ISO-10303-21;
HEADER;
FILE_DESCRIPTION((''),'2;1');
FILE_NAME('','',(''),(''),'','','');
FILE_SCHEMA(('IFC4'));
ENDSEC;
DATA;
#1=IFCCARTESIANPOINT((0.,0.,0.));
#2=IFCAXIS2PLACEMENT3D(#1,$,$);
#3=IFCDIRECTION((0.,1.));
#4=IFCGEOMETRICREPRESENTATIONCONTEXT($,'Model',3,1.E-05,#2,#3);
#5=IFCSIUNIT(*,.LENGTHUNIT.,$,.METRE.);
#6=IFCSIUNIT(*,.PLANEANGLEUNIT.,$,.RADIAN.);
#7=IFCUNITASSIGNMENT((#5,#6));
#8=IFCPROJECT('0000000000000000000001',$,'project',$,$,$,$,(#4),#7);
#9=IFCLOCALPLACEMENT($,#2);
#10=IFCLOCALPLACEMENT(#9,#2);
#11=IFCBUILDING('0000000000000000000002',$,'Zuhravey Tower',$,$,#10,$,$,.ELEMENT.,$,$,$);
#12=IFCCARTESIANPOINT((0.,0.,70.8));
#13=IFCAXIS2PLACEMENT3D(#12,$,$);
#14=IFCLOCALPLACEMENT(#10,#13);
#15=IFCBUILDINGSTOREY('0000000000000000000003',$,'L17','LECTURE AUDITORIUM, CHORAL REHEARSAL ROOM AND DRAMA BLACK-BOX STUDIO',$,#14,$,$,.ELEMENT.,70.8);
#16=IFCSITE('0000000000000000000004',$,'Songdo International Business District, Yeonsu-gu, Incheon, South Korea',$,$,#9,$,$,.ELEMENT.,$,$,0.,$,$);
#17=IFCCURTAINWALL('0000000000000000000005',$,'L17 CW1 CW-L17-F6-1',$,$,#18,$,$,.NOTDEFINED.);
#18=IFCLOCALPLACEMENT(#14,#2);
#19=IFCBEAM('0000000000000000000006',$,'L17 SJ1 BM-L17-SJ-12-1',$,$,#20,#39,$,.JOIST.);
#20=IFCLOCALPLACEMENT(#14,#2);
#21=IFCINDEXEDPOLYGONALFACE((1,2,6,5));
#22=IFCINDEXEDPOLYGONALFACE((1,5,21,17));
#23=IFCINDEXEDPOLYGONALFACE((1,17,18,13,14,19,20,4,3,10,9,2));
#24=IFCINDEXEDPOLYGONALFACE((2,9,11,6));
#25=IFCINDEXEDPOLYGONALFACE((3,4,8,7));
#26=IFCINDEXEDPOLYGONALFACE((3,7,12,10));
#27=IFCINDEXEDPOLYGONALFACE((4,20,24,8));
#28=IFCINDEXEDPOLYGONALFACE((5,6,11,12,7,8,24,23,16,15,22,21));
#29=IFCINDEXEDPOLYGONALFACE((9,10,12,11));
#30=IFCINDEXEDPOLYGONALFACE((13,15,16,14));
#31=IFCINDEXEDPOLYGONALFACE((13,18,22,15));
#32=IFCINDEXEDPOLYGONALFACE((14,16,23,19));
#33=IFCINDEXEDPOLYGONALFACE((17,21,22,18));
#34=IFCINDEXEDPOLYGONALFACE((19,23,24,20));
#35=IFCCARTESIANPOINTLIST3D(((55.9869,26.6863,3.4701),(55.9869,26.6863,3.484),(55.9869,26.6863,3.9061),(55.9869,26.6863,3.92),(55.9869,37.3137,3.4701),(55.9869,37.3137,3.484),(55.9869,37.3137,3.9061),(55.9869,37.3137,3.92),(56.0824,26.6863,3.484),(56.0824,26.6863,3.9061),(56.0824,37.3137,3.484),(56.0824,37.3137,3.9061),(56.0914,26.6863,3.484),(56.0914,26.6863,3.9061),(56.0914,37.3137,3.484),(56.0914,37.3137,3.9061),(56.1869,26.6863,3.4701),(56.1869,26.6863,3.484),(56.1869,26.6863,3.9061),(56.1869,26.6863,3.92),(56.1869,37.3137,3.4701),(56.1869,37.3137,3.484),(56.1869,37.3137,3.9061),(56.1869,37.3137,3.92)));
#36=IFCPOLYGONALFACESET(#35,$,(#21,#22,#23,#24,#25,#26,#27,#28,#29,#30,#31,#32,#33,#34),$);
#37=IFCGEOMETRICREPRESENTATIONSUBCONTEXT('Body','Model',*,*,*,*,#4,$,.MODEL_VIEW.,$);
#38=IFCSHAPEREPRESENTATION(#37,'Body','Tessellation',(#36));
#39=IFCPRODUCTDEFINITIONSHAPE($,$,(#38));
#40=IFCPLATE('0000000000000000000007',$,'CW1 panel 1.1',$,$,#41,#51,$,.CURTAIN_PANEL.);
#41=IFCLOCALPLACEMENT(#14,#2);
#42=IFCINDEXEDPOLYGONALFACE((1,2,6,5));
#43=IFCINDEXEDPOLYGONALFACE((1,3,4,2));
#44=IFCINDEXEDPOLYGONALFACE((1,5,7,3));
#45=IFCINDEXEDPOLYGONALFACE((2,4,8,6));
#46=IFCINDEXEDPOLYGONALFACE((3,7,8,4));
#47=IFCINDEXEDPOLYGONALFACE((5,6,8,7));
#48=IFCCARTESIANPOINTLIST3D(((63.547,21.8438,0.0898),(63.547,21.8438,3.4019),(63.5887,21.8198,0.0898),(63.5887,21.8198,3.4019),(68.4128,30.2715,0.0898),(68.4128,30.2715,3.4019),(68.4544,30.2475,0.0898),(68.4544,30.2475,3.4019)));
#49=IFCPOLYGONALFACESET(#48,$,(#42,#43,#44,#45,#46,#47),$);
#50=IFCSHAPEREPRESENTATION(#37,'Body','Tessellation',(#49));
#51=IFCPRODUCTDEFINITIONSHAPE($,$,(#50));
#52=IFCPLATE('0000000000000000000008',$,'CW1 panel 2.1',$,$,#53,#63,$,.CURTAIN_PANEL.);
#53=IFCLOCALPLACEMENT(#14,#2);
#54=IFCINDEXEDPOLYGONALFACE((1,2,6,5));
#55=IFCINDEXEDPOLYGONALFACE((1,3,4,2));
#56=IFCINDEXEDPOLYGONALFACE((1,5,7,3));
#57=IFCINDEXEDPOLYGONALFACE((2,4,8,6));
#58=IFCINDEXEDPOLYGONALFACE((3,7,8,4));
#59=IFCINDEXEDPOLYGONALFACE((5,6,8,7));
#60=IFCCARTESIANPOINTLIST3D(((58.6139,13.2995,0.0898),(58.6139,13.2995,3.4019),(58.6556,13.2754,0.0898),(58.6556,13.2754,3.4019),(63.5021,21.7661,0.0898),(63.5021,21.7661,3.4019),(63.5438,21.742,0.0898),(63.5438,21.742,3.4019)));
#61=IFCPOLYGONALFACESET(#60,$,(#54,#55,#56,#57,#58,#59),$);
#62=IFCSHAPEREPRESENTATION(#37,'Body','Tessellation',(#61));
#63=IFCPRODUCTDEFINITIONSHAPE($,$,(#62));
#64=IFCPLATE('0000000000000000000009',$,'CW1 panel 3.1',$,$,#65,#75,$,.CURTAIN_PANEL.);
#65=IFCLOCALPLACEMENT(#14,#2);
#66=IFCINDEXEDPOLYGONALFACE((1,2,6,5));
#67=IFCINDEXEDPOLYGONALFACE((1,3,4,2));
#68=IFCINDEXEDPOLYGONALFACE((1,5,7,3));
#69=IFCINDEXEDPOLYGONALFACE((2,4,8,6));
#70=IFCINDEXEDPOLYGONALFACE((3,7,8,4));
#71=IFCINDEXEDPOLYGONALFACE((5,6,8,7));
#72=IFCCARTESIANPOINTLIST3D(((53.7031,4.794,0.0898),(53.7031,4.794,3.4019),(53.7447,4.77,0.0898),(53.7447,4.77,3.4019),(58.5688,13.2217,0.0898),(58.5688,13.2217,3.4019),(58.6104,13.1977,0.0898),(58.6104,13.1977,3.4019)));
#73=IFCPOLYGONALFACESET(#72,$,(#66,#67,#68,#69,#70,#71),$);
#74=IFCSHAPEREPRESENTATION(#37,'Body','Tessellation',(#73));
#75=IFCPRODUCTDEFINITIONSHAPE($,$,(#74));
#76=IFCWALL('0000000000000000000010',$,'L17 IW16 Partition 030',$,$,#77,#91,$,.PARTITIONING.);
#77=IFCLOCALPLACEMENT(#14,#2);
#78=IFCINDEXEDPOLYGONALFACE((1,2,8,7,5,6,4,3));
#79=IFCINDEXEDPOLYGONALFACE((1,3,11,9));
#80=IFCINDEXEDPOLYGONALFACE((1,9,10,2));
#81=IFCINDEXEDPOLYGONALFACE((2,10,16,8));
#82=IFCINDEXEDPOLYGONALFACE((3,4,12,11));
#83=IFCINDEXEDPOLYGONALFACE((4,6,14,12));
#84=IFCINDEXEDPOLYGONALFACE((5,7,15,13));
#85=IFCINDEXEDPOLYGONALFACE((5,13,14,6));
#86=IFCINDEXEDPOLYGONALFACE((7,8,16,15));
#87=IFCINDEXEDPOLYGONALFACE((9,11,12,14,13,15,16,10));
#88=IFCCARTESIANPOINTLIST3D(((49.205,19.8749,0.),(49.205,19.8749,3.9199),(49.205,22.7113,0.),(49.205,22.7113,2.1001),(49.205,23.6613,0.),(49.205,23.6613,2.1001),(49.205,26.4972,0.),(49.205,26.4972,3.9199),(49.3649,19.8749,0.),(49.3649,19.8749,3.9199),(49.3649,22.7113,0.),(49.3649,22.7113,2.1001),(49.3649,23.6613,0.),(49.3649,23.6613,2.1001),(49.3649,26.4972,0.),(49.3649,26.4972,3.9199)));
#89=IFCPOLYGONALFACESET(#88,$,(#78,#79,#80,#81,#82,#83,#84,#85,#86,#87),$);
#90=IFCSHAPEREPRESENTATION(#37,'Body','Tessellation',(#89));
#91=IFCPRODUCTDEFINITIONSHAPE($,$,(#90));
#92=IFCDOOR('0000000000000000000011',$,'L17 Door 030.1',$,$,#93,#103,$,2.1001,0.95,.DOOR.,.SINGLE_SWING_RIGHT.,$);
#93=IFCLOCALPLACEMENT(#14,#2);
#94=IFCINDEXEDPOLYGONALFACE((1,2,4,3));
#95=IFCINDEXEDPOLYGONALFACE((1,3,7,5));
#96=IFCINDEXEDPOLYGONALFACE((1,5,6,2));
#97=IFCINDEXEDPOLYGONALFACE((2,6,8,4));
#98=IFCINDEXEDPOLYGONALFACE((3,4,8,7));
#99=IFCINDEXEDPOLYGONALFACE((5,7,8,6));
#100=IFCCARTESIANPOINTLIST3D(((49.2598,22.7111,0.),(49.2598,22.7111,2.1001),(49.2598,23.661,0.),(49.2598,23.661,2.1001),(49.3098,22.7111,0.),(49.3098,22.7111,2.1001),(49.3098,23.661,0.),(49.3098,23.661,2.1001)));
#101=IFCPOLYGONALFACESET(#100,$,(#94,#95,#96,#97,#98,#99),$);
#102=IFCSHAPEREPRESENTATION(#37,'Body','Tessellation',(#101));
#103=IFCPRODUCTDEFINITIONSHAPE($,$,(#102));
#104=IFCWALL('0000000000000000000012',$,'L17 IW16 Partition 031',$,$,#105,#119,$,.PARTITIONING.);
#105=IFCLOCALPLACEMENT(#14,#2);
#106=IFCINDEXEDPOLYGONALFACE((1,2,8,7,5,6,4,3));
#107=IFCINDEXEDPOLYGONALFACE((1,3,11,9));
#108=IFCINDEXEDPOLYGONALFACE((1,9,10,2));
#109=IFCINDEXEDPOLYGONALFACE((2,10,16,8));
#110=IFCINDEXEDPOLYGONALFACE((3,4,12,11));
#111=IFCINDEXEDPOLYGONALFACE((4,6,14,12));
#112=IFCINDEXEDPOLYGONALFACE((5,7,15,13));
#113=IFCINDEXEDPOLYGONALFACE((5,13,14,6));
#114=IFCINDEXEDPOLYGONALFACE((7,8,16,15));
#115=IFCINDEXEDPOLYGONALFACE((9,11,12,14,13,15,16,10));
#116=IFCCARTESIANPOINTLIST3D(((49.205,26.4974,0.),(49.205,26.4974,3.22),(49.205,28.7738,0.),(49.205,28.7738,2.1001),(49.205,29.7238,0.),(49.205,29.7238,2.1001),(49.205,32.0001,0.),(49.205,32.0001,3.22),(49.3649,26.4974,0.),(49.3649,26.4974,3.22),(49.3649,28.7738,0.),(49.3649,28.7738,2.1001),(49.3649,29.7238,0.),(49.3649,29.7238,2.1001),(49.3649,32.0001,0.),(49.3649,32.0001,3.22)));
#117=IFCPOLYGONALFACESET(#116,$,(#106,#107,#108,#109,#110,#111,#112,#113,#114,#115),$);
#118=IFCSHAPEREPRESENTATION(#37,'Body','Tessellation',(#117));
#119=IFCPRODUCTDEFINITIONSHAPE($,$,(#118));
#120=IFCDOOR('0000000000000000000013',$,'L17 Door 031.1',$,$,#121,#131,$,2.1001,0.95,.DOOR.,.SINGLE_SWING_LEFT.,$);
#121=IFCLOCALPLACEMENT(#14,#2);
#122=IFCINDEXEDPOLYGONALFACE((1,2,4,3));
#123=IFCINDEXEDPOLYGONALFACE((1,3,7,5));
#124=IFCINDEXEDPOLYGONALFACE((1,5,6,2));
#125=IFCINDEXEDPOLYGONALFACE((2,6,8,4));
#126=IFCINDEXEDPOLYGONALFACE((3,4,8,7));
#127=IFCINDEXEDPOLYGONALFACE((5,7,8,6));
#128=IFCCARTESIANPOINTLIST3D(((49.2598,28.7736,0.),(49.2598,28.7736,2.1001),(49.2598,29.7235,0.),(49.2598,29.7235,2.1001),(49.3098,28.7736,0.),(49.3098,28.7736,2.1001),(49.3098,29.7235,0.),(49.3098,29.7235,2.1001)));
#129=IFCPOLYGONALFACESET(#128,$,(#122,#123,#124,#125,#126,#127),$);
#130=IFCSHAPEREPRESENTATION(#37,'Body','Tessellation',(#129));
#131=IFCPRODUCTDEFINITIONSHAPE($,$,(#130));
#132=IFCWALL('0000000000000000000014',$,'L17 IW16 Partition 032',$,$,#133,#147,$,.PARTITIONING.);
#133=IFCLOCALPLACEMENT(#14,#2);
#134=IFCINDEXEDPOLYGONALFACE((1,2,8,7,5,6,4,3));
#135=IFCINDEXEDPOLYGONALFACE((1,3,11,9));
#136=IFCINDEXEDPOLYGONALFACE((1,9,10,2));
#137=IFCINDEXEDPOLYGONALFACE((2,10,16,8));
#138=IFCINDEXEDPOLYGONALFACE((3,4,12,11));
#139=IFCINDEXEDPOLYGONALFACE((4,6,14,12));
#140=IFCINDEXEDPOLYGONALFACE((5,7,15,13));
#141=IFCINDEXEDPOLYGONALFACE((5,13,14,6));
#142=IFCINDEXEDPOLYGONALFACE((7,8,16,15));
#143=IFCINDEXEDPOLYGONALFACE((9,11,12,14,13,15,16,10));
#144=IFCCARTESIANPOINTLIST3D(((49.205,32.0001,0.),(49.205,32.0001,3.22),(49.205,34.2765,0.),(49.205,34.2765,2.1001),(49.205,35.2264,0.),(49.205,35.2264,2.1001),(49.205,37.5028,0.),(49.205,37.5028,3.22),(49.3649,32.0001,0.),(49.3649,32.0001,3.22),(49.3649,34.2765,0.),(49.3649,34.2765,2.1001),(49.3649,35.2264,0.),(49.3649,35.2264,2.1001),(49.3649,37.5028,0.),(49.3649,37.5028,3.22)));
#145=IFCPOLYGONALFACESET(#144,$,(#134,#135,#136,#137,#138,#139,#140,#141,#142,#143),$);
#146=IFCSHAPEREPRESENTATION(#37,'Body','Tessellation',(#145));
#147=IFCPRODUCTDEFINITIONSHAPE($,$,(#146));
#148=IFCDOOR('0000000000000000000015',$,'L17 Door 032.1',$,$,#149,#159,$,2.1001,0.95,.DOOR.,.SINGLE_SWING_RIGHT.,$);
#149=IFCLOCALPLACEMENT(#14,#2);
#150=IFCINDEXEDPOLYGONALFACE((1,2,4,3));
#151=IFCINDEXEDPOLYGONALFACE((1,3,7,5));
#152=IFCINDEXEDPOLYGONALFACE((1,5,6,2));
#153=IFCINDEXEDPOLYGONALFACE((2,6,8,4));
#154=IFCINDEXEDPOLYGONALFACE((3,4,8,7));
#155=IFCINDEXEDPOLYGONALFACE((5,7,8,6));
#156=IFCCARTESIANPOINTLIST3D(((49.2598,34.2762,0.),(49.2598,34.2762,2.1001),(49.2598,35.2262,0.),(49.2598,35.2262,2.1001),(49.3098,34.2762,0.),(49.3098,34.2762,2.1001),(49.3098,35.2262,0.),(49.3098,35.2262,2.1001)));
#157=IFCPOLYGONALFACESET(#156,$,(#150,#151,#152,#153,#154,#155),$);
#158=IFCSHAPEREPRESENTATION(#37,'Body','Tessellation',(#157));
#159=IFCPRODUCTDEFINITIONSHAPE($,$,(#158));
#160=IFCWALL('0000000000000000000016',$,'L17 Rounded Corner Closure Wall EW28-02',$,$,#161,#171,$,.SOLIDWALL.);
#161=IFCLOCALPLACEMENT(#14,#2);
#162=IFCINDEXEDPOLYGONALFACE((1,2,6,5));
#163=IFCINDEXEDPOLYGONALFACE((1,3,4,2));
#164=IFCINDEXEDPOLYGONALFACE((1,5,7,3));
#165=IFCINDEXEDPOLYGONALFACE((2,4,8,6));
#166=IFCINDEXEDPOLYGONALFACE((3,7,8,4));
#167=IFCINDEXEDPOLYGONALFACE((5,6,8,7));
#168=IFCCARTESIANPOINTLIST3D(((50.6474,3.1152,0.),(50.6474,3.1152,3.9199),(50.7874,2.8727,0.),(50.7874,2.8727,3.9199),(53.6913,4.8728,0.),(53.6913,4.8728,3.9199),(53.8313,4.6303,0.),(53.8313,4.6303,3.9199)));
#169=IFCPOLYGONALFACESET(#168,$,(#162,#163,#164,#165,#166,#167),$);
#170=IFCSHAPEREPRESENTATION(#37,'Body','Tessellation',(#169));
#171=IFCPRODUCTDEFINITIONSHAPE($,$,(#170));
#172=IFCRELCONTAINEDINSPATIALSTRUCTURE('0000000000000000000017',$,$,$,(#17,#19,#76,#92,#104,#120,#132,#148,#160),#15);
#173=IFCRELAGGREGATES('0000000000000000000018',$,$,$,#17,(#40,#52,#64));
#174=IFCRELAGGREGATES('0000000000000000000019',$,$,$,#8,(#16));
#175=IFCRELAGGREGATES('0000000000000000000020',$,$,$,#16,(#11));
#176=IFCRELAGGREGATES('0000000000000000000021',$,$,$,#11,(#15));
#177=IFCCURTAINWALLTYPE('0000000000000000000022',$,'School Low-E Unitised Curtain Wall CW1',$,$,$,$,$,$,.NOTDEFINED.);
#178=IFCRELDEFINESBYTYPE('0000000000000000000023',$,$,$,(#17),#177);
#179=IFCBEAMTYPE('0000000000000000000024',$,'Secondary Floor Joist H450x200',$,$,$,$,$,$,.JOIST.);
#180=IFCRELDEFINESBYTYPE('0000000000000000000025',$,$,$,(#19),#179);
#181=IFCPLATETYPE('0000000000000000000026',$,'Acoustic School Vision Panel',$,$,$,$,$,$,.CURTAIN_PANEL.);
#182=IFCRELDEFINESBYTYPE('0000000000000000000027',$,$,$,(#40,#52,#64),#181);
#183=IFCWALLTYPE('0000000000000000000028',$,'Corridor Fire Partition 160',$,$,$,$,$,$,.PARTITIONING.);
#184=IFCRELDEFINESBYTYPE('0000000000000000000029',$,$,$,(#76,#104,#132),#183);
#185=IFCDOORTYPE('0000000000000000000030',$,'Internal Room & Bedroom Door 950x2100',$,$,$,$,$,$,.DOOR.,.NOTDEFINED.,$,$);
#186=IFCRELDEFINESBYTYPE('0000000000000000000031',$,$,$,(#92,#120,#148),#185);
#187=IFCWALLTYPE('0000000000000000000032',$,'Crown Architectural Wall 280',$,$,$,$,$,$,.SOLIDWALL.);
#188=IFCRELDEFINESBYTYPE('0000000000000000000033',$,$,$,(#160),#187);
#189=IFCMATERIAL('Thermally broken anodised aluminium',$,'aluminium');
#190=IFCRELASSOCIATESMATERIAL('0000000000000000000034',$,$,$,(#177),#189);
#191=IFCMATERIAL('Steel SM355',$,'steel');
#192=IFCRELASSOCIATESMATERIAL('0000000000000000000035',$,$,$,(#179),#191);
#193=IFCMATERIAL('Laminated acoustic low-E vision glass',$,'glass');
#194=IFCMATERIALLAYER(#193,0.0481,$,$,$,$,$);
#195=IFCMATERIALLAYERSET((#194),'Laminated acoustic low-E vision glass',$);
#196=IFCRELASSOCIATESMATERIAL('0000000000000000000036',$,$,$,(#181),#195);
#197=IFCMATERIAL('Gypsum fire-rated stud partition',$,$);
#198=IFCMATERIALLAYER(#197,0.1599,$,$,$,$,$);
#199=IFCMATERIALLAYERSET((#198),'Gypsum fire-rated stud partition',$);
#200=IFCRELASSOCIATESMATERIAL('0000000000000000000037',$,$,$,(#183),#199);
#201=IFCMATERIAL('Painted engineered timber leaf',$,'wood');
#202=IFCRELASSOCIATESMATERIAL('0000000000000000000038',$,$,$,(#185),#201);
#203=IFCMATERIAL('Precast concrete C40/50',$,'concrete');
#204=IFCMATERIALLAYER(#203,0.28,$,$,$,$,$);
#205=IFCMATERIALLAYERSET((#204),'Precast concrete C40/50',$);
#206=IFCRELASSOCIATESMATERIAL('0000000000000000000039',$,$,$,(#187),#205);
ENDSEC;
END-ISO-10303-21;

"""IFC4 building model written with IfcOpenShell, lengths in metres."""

from ifc_helpers import new_model, si_unit, direction, frame, frame_2d, origin, origin_2d, place, context, subcontext, project, spatial, rectangle, i_section, extrude, material, layer, layer_set, material_profile, profile_set, type_object, element, fill, aggregate, save


model = new_model("IFC4")

# Units and contexts
model_context = context("Model", 3, precision=1e-05, world=origin(), true_north=direction((0.0, 1.0)))
body_context = subcontext(model_context, "Body", "Model", "MODEL_VIEW")
ifc_project = project(units=[si_unit("LENGTHUNIT", "METRE"), si_unit("PLANEANGLEUNIT", "RADIAN")], contexts=[model_context])

# Site, building, storey
site_placement = place(None, origin())
site = spatial("IfcSite", under=ifc_project, at=site_placement, Name="Songdo International Business District, Yeonsu-gu, Incheon, South Korea", CompositionType="ELEMENT", RefElevation=0.0)
building_placement = place(site_placement, origin())
building = spatial("IfcBuilding", under=site, at=building_placement, Name="Zuhravey Tower", CompositionType="ELEMENT")
storey_placement = place(building_placement, frame((0.0, 0.0, 70.8)))
storey = spatial("IfcBuildingStorey", under=building, at=storey_placement, Name="L17", Description="LECTURE AUDITORIUM, CHORAL REHEARSAL ROOM AND DRAMA BLACK-BOX STUDIO", CompositionType="ELEMENT", Elevation=70.8)

# Curtain wall
ifc_material_1 = material(Name="Thermally broken anodised aluminium", Category="aluminium")
curtain_wall_type = type_object("IfcCurtainWallType", Name="School Low-E Unitised Curtain Wall CW1", PredefinedType="NOTDEFINED", material=ifc_material_1)
curtain_wall_1_placement = place(storey_placement, origin())
curtain_wall_1 = element("IfcCurtainWall", 1, at=curtain_wall_1_placement, inside=storey, type_object=curtain_wall_type, Name="L17 CW1 CW-L17-F6-1", PredefinedType="NOTDEFINED")

# Beam
ifc_material_2 = material(Name="Steel SM355", Category="steel")
ifc_material_profile_1 = material_profile(ifc_material_2, i_section(OverallWidth=0.2, OverallDepth=0.45, WebThickness=0.009, FlangeThickness=0.0139, at=origin_2d()), Name="H-450x200x9x14")
ifc_profile_set_1 = profile_set([ifc_material_profile_1], Name="Steel SM355")
beam_type_1 = type_object("IfcBeamType", Name="Secondary Floor Joist H450x200", PredefinedType="JOIST", material=ifc_profile_set_1)
beam_1_placement = place(storey_placement, frame((56.0869, 26.6863, 3.6951), z_axis=(0.0, 1.0, 0.0), x_axis=(-1.0, 0.0, 0.0)))
element("IfcBeam", 2, at=beam_1_placement, inside=storey, type_object=beam_type_1, Name="L17 SJ1 BM-L17-SJ-12-1", PredefinedType="JOIST", context=body_context, shape_type="SweptSolid", body=[
    extrude(i_section(OverallWidth=0.2, OverallDepth=0.45, WebThickness=0.009, FlangeThickness=0.0139, at=origin_2d()), origin(), (0.0, 0.0, 1.0), 10.6274),
])

# Plates
ifc_material_3 = material(Name="Laminated acoustic low-E vision glass", Category="glass")
ifc_layer_1 = layer(ifc_material_3, 0.0481)
ifc_layer_set_1 = layer_set([ifc_layer_1], Name="Laminated acoustic low-E vision glass")
plate_type = type_object("IfcPlateType", Name="Acoustic School Vision Panel", PredefinedType="CURTAIN_PANEL", material=ifc_layer_set_1)
plate_1_placement = place(storey_placement, frame((66.0007, 26.0457, 0.0898), z_axis=(0.0, 0.0, 1.0), x_axis=(-0.5, -0.866026, 0.0)))
plate_1 = element("IfcPlate", 3, at=plate_1_placement, type_object=plate_type, Name="CW1 panel 1.1", PredefinedType="CURTAIN_PANEL", context=body_context, shape_type="SweptSolid", body=[
    extrude(rectangle(XDim=9.7314, YDim=0.0481, at=origin_2d()), origin(), (0.0, 0.0, 1.0), 3.312),
])
plate_2_placement = place(storey_placement, frame((61.0789, 17.5208, 0.0898), z_axis=(0.0, 0.0, 1.0), x_axis=(-0.5, -0.866026, 0.0)))
plate_2 = element("IfcPlate", 4, at=plate_2_placement, type_object=plate_type, Name="CW1 panel 2.1", PredefinedType="CURTAIN_PANEL", context=body_context, shape_type="SweptSolid", body=[
    extrude(rectangle(XDim=9.7764, YDim=0.0481, at=origin_2d()), origin(), (0.0, 0.0, 1.0), 3.312),
])
plate_3_placement = place(storey_placement, frame((56.1567, 8.9958, 0.0898), z_axis=(0.0, 0.0, 1.0), x_axis=(-0.5, -0.866026, 0.0)))
plate_3 = element("IfcPlate", 5, at=plate_3_placement, type_object=plate_type, Name="CW1 panel 3.1", PredefinedType="CURTAIN_PANEL", context=body_context, shape_type="SweptSolid", body=[
    extrude(rectangle(XDim=9.7314, YDim=0.0481, at=origin_2d()), origin(), (0.0, 0.0, 1.0), 3.312),
])
aggregate(curtain_wall_1, [plate_1, plate_2, plate_3])

# Walls, openings, doors
ifc_material_4 = material(Name="Gypsum fire-rated stud partition")
ifc_layer_2 = layer(ifc_material_4, 0.1599)
ifc_layer_set_2 = layer_set([ifc_layer_2], Name="Gypsum fire-rated stud partition")
wall_type_1 = type_object("IfcWallType", Name="Corridor Fire Partition 160", PredefinedType="PARTITIONING", material=ifc_layer_set_2)
wall_1_placement = place(storey_placement, frame((49.2849, 19.875, 0.0), z_axis=(0.0, 0.0, 1.0), x_axis=(0.0, 1.0, 0.0)))
wall_1 = element("IfcWall", 6, at=wall_1_placement, inside=storey, type_object=wall_type_1, Name="L17 IW16 Partition 030", PredefinedType="PARTITIONING", context=body_context, shape_type="SweptSolid", body=[
    extrude(rectangle(XDim=6.6223, YDim=0.1599, at=frame_2d((3.311, 0.0))), origin(), (0.0, 0.0, 1.0), 3.9199),
])
opening_1_placement = place(wall_1_placement, frame((2.8362, 0.0, 0.0)))
opening_1 = element("IfcOpeningElement", 7, at=opening_1_placement, cuts=wall_1, PredefinedType="OPENING", context=body_context, shape_type="SweptSolid", body=[
    extrude(rectangle(XDim=0.95, YDim=2.1001, at=frame_2d((0.4751, 1.05))), frame((0.0, 0.092, 0.0), z_axis=(0.0, -1.0, 0.0), x_axis=(1.0, 0.0, 0.0)), (0.0, 0.0, 1.0), 0.1838),
])
ifc_material_5 = material(Name="Painted engineered timber leaf", Category="wood")
door_type = type_object("IfcDoorType", Name="Internal Room & Bedroom Door 950x2100", OperationType="NOTDEFINED", PredefinedType="DOOR", material=ifc_material_5)
door_1_placement = place(opening_1_placement, frame((0.95, 0.0, 0.0), z_axis=(0.0, 0.0, 1.0), x_axis=(-1.0, 0.0, 0.0)))
door_1 = element("IfcDoor", 8, at=door_1_placement, inside=storey, type_object=door_type, Name="L17 Door 030.1", OperationType="SINGLE_SWING_RIGHT", OverallHeight=2.1001, OverallWidth=0.95, PredefinedType="DOOR", context=body_context, shape_type="SweptSolid", body=[
    extrude(rectangle(XDim=0.95, YDim=2.1001, at=frame_2d((0.4751, 1.05))), frame((0.0, 0.0249, 0.0), z_axis=(0.0, -1.0, 0.0), x_axis=(1.0, 0.0, 0.0)), (0.0, 0.0, 1.0), 0.05),
])
fill(opening_1, door_1)
wall_2_placement = place(storey_placement, frame((49.2849, 26.4973, 0.0), z_axis=(0.0, 0.0, 1.0), x_axis=(0.0, 1.0, 0.0)))
wall_2 = element("IfcWall", 9, at=wall_2_placement, inside=storey, type_object=wall_type_1, Name="L17 IW16 Partition 031", PredefinedType="PARTITIONING", context=body_context, shape_type="SweptSolid", body=[
    extrude(rectangle(XDim=5.5027, YDim=0.1599, at=frame_2d((2.7515, 0.0))), origin(), (0.0, 0.0, 1.0), 3.22),
])
opening_2_placement = place(wall_2_placement, frame((2.2764, 0.0, 0.0)))
opening_2 = element("IfcOpeningElement", 10, at=opening_2_placement, cuts=wall_2, PredefinedType="OPENING", context=body_context, shape_type="SweptSolid", body=[
    extrude(rectangle(XDim=0.95, YDim=2.1001, at=frame_2d((0.4751, 1.05))), frame((0.0, 0.092, 0.0), z_axis=(0.0, -1.0, 0.0), x_axis=(1.0, 0.0, 0.0)), (0.0, 0.0, 1.0), 0.1838),
])
door_2_placement = place(opening_2_placement, frame((0.95, 0.0, 0.0), z_axis=(0.0, 0.0, 1.0), x_axis=(-1.0, 0.0, 0.0)))
door_2 = element("IfcDoor", 11, at=door_2_placement, inside=storey, type_object=door_type, Name="L17 Door 031.1", OperationType="SINGLE_SWING_LEFT", OverallHeight=2.1001, OverallWidth=0.95, PredefinedType="DOOR", context=body_context, shape_type="SweptSolid", body=[
    extrude(rectangle(XDim=0.95, YDim=2.1001, at=frame_2d((0.4751, 1.05))), frame((0.0, 0.0249, 0.0), z_axis=(0.0, -1.0, 0.0), x_axis=(1.0, 0.0, 0.0)), (0.0, 0.0, 1.0), 0.05),
])
fill(opening_2, door_2)
wall_3_placement = place(storey_placement, frame((49.2849, 32.0, 0.0), z_axis=(0.0, 0.0, 1.0), x_axis=(0.0, 1.0, 0.0)))
wall_3 = element("IfcWall", 12, at=wall_3_placement, inside=storey, type_object=wall_type_1, Name="L17 IW16 Partition 032", PredefinedType="PARTITIONING", context=body_context, shape_type="SweptSolid", body=[
    extrude(rectangle(XDim=5.5027, YDim=0.1599, at=frame_2d((2.7515, 0.0))), origin(), (0.0, 0.0, 1.0), 3.22),
])
opening_3_placement = place(wall_3_placement, frame((2.2764, 0.0, 0.0)))
opening_3 = element("IfcOpeningElement", 13, at=opening_3_placement, cuts=wall_3, PredefinedType="OPENING", context=body_context, shape_type="SweptSolid", body=[
    extrude(rectangle(XDim=0.95, YDim=2.1001, at=frame_2d((0.4751, 1.05))), frame((0.0, 0.092, 0.0), z_axis=(0.0, -1.0, 0.0), x_axis=(1.0, 0.0, 0.0)), (0.0, 0.0, 1.0), 0.1838),
])
door_3_placement = place(opening_3_placement, frame((0.95, 0.0, 0.0), z_axis=(0.0, 0.0, 1.0), x_axis=(-1.0, 0.0, 0.0)))
door_3 = element("IfcDoor", 14, at=door_3_placement, inside=storey, type_object=door_type, Name="L17 Door 032.1", OperationType="SINGLE_SWING_RIGHT", OverallHeight=2.1001, OverallWidth=0.95, PredefinedType="DOOR", context=body_context, shape_type="SweptSolid", body=[
    extrude(rectangle(XDim=0.95, YDim=2.1001, at=frame_2d((0.4751, 1.05))), frame((0.0, 0.0249, 0.0), z_axis=(0.0, -1.0, 0.0), x_axis=(1.0, 0.0, 0.0)), (0.0, 0.0, 1.0), 0.05),
])
fill(opening_3, door_3)

# Wall
ifc_material_6 = material(Name="Precast concrete C40/50", Category="concrete")
ifc_layer_3 = layer(ifc_material_6, 0.28)
ifc_layer_set_3 = layer_set([ifc_layer_3], Name="Precast concrete C40/50")
wall_type_2 = type_object("IfcWallType", Name="Crown Architectural Wall 280", PredefinedType="SOLIDWALL", material=ifc_layer_set_3)
wall_4_placement = place(storey_placement, frame((53.7612, 4.7515, 0.0), z_axis=(0.0, 0.0, 1.0), x_axis=(-0.866007, -0.500031, 0.0)))
element("IfcWall", 15, at=wall_4_placement, inside=storey, type_object=wall_type_2, Name="L17 Rounded Corner Closure Wall EW28-02", PredefinedType="SOLIDWALL", context=body_context, shape_type="SweptSolid", body=[
    extrude(rectangle(XDim=3.5149, YDim=0.28, at=frame_2d((1.7573, 0.0))), origin(), (0.0, 0.0, 1.0), 3.9199),
])

save(model, "model.ifc")
